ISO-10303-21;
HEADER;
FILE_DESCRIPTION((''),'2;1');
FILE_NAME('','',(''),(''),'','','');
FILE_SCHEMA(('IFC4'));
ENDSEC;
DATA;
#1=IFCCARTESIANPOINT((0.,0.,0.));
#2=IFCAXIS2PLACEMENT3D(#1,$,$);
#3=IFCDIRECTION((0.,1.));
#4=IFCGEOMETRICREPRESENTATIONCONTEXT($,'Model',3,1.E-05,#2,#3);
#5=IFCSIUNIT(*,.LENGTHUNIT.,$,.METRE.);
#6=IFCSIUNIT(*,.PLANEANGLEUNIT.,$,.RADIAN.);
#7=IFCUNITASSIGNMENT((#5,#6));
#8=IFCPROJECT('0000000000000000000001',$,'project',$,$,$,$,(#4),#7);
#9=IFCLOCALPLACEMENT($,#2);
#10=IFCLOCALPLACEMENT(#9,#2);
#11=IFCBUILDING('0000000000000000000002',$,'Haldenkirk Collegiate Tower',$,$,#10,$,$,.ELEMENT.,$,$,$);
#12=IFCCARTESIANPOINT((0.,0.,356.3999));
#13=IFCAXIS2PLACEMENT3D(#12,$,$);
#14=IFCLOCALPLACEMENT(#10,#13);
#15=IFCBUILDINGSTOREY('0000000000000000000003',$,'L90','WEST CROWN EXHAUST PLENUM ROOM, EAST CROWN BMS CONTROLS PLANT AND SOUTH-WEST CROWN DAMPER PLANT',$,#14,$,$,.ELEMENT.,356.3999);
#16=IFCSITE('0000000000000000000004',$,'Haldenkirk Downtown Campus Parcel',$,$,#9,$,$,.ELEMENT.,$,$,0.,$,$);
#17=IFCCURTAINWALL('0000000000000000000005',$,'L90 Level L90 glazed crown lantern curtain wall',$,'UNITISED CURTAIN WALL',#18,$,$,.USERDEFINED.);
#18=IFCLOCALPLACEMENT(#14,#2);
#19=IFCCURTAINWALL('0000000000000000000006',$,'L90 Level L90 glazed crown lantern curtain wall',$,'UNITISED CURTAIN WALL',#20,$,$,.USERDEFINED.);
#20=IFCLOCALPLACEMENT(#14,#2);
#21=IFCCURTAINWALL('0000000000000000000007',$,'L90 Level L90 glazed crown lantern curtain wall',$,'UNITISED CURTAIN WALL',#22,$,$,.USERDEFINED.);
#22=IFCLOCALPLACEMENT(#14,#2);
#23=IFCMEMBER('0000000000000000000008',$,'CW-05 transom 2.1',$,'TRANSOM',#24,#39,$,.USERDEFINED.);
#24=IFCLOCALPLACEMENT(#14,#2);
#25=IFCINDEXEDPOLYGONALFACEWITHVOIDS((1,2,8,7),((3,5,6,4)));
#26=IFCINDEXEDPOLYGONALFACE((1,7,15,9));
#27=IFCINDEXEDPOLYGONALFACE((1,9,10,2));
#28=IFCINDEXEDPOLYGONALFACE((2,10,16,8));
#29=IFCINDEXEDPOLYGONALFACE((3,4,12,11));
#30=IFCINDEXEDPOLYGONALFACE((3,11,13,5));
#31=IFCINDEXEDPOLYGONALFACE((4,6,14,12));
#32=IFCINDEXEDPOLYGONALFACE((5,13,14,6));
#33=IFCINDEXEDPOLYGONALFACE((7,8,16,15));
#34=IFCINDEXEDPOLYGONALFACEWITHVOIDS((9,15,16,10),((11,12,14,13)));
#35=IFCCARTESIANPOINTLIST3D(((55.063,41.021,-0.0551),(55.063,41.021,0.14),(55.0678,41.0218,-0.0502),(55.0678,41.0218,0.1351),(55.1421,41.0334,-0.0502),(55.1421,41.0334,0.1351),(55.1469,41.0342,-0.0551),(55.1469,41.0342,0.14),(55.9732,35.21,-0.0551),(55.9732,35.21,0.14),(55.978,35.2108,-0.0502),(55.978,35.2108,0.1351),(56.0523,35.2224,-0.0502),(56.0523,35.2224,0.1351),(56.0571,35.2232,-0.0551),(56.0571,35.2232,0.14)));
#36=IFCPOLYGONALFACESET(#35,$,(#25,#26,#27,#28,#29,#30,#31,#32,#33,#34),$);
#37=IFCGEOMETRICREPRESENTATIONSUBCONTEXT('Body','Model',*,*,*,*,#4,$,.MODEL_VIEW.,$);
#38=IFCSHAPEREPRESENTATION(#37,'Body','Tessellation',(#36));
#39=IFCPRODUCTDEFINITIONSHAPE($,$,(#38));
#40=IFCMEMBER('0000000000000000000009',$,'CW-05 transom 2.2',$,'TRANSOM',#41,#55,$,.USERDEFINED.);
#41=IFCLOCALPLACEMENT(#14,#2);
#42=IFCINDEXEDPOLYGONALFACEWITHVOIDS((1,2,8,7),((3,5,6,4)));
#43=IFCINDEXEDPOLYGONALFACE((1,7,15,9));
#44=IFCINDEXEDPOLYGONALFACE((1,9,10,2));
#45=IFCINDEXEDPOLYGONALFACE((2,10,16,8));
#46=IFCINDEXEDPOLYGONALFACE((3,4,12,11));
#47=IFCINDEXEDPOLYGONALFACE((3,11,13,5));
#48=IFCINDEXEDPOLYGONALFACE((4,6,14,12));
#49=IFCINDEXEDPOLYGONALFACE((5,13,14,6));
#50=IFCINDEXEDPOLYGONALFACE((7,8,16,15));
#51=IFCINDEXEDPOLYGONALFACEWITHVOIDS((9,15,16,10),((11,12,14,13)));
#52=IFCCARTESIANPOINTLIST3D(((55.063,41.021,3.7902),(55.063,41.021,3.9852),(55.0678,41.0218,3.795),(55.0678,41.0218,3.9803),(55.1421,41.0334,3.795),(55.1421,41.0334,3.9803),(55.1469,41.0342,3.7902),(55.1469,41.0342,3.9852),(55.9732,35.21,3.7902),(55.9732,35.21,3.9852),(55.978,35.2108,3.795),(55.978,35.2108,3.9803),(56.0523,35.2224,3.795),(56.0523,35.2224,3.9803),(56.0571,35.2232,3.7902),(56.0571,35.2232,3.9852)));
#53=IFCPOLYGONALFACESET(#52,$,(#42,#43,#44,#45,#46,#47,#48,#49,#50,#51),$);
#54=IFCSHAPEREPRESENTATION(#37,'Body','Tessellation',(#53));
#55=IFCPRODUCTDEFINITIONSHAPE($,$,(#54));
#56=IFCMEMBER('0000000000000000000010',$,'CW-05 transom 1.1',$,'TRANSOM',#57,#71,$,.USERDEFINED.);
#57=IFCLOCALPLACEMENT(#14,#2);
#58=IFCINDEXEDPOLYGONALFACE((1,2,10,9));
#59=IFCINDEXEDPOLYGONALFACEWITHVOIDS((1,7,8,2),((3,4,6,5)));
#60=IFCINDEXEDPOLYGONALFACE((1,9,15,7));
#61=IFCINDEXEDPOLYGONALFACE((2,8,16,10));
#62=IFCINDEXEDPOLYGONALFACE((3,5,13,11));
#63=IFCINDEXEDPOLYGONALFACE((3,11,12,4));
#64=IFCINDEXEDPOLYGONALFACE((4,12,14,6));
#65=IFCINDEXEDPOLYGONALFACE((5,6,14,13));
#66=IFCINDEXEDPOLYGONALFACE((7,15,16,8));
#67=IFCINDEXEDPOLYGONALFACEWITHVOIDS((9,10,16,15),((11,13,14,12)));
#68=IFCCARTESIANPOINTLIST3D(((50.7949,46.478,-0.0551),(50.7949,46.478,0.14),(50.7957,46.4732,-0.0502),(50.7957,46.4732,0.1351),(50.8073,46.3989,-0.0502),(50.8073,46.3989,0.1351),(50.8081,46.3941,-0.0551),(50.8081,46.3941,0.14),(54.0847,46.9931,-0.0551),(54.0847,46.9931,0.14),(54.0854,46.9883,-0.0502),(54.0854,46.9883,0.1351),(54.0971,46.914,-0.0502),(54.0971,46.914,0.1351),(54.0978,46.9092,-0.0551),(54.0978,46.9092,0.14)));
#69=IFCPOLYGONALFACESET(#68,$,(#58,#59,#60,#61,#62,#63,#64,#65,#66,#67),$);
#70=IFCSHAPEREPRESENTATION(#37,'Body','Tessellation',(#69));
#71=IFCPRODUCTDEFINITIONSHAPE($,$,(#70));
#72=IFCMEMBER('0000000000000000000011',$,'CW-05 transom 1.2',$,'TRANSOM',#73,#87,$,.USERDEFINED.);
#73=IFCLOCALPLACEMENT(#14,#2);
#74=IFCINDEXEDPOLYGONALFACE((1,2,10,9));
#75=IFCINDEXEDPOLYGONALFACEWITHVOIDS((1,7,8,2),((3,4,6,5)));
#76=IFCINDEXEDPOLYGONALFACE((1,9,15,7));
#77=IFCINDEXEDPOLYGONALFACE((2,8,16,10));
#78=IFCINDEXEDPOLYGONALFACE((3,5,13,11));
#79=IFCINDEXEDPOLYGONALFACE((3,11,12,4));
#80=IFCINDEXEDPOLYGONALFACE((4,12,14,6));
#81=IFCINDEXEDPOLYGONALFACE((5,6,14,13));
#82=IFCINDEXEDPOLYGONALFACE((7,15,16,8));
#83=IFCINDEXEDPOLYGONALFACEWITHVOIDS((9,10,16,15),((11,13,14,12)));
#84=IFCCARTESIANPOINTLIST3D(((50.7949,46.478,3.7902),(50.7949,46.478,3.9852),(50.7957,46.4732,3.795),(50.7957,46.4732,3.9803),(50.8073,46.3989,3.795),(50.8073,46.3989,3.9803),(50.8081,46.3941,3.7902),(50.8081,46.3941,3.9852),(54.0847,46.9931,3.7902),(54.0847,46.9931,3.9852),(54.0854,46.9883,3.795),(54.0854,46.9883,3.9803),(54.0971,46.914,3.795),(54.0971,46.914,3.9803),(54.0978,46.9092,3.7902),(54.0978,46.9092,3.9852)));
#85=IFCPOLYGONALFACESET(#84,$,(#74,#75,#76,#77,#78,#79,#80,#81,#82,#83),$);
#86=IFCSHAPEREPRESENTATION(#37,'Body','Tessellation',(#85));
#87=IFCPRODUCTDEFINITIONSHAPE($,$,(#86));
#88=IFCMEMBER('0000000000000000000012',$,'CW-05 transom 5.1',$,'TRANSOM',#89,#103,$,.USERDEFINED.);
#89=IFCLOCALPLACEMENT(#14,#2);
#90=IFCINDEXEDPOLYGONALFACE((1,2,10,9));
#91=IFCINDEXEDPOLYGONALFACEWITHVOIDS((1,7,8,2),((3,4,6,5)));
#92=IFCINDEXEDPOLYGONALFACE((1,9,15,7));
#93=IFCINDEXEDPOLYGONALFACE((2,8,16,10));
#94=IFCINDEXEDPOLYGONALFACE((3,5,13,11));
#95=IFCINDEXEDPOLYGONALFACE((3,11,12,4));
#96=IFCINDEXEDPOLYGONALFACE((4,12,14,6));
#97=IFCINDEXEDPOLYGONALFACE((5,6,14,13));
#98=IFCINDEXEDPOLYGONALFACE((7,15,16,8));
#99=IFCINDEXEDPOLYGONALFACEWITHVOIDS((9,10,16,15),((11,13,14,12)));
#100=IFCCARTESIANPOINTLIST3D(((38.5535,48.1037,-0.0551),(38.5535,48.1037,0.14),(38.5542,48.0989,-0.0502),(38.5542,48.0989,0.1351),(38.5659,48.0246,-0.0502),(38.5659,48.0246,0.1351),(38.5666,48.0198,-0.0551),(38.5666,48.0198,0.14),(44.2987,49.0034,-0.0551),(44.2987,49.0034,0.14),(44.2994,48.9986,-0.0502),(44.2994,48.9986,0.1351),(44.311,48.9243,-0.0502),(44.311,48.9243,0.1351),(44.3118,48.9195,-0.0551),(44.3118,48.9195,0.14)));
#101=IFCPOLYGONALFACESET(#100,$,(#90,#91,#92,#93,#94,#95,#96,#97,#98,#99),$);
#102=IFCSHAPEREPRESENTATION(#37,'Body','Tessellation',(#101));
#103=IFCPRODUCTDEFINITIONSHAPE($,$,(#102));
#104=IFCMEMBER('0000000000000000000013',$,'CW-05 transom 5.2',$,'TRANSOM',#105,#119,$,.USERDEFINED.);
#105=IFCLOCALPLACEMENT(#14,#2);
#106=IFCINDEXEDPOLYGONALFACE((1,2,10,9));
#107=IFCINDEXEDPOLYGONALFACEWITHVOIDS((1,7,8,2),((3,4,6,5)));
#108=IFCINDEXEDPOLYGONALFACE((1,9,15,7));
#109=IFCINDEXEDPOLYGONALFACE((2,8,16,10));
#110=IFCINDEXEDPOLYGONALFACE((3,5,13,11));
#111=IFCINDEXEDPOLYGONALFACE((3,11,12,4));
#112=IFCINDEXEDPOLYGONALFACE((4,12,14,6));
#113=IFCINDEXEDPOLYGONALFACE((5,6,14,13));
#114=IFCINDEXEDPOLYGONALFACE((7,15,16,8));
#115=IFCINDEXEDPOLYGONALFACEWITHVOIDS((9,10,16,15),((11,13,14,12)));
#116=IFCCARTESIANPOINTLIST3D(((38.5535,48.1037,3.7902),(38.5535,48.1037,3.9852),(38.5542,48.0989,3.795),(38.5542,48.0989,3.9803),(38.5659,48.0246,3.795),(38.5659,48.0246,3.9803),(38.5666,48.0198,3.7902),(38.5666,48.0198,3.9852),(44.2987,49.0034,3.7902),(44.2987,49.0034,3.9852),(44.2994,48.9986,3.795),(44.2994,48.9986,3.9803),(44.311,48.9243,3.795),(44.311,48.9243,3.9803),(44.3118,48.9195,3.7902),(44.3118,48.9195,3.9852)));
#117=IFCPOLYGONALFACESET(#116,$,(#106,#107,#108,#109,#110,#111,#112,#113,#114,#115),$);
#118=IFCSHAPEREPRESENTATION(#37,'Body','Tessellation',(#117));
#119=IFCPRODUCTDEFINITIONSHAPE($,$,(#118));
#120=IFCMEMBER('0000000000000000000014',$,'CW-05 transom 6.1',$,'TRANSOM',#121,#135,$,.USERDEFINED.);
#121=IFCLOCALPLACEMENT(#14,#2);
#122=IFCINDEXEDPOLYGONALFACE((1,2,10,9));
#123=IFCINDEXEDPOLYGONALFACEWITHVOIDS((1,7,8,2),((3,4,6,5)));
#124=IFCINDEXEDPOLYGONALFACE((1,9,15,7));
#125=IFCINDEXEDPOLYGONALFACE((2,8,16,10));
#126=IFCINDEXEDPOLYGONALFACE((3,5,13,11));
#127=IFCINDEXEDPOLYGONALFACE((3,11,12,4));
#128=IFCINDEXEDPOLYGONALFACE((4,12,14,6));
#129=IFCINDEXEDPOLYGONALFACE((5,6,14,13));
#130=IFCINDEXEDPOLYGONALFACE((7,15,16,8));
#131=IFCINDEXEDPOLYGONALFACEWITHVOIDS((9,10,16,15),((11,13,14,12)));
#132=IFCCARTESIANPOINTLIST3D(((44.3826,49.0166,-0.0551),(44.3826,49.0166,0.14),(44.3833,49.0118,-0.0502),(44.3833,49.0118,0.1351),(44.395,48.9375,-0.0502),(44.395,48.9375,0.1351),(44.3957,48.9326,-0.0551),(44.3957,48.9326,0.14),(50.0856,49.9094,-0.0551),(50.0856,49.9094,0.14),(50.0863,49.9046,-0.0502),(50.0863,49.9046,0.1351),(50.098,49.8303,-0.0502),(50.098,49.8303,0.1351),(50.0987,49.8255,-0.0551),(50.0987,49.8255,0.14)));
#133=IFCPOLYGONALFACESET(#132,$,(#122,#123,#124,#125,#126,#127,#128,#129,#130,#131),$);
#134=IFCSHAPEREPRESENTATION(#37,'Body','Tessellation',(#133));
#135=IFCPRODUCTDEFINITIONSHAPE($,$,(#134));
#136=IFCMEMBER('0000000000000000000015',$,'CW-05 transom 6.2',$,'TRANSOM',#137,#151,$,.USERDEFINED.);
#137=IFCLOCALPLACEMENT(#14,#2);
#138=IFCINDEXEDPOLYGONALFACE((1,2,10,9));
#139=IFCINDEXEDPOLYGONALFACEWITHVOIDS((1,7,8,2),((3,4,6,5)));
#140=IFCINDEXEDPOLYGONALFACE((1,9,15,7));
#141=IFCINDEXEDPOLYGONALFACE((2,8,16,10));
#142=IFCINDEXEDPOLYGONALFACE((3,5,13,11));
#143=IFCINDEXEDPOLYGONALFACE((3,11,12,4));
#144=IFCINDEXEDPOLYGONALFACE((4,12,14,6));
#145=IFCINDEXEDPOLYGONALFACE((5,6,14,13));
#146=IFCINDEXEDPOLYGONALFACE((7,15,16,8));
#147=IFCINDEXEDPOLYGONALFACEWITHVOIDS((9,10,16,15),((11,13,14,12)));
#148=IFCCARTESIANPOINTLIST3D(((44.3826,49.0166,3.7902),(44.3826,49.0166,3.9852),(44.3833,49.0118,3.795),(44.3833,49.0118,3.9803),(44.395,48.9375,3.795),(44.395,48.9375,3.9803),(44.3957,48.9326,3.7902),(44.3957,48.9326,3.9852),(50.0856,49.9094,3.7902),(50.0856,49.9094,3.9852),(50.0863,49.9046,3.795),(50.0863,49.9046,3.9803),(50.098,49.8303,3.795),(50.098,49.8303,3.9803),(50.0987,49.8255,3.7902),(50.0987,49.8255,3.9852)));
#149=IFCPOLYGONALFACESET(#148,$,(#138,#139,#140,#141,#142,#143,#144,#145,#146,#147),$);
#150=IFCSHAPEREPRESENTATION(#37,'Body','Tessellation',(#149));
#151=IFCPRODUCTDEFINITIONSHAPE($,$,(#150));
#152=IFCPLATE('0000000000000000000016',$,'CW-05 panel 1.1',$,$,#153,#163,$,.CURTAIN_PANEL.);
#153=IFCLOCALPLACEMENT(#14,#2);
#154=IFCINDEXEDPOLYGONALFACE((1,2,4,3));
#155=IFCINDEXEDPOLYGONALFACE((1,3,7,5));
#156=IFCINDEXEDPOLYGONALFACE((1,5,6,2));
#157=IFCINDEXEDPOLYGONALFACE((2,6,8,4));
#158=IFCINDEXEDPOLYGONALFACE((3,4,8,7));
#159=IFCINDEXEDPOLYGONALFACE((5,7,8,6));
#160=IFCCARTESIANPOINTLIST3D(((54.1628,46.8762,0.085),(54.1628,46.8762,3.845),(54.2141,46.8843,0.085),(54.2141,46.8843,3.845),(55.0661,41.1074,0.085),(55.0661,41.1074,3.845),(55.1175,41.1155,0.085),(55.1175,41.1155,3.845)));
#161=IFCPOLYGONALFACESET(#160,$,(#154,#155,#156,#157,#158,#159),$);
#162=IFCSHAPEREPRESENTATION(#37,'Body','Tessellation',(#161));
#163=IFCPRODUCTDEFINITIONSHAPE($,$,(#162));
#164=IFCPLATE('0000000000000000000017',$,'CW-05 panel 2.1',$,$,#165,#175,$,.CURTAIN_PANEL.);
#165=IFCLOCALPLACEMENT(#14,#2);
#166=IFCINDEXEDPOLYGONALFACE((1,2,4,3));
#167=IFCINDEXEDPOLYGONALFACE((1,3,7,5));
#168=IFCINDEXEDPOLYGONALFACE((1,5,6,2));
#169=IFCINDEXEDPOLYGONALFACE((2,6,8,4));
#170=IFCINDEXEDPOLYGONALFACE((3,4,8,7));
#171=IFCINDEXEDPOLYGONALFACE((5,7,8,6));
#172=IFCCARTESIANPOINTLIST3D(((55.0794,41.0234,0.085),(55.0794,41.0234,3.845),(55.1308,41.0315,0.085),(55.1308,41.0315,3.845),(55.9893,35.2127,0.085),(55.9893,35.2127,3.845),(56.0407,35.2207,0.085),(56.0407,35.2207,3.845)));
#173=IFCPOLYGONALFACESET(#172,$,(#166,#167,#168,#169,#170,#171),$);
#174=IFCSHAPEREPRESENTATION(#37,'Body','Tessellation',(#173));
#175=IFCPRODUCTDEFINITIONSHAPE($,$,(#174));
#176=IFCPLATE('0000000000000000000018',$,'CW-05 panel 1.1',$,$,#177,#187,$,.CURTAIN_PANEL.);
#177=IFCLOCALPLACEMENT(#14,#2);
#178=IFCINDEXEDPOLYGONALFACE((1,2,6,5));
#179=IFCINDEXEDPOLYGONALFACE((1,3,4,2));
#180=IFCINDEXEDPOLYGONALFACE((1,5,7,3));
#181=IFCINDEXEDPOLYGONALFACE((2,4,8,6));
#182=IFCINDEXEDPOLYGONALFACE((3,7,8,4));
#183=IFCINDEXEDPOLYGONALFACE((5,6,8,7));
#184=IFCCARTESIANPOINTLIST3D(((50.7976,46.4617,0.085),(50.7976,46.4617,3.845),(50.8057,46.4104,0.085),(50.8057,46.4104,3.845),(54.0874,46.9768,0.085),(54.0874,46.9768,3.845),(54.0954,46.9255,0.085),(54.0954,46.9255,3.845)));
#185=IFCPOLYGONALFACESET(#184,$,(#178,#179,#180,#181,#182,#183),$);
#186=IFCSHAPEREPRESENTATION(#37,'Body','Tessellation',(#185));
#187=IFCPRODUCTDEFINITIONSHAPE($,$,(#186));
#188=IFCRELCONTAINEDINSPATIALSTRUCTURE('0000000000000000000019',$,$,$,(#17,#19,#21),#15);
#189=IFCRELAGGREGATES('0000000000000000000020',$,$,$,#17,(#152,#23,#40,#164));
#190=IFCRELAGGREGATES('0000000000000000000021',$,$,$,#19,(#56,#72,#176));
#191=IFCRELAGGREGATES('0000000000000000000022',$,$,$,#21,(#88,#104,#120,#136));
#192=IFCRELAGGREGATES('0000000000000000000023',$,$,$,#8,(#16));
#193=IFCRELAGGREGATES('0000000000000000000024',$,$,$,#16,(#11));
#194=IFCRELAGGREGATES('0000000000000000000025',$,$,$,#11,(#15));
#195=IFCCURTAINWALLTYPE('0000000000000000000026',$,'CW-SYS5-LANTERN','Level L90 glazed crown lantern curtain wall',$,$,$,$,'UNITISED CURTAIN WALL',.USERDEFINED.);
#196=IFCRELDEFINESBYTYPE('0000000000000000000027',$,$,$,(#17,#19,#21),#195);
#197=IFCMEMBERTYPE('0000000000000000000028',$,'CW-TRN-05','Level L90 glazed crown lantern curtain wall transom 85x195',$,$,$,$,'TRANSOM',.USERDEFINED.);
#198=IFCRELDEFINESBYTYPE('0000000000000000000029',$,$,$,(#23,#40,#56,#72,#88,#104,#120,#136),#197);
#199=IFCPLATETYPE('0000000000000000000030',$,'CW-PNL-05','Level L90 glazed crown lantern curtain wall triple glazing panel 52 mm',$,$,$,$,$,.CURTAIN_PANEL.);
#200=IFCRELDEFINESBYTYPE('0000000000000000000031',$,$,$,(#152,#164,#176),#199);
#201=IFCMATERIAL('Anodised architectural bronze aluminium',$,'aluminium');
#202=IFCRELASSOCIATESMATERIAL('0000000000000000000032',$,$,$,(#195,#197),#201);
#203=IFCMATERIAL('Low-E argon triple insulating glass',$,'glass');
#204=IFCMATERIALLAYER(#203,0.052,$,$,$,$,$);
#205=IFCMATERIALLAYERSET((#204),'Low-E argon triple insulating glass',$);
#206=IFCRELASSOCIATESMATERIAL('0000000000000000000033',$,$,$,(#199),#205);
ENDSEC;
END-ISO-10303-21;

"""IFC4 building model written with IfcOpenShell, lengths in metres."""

from ifc_helpers import new_model, si_unit, direction, frame, origin, origin_2d, place, context, subcontext, project, spatial, rectangle, hollow_rectangle, extrude, source, transform, mapped, material, layer, layer_set, material_profile, profile_set, type_object, element, aggregate, save


model = new_model("IFC4")

# Units and contexts
model_context = context("Model", 3, precision=1e-05, world=origin(), true_north=direction((0.0, 1.0)))
body_context = subcontext(model_context, "Body", "Model", "MODEL_VIEW")
ifc_project = project(units=[si_unit("LENGTHUNIT", "METRE"), si_unit("PLANEANGLEUNIT", "RADIAN")], contexts=[model_context])

# Site, building, storey
site_placement = place(None, origin())
site = spatial("IfcSite", under=ifc_project, at=site_placement, Name="Haldenkirk Downtown Campus Parcel", CompositionType="ELEMENT", RefElevation=0.0)
building_placement = place(site_placement, origin())
building = spatial("IfcBuilding", under=site, at=building_placement, Name="Haldenkirk Collegiate Tower", CompositionType="ELEMENT")
storey_placement = place(building_placement, frame((0.0, 0.0, 356.3999)))
storey = spatial("IfcBuildingStorey", under=building, at=storey_placement, Name="L90", Description="WEST CROWN EXHAUST PLENUM ROOM, EAST CROWN BMS CONTROLS PLANT AND SOUTH-WEST CROWN DAMPER PLANT", CompositionType="ELEMENT", Elevation=356.3999)

# Curtain walls
ifc_material_1 = material(Name="Anodised architectural bronze aluminium", Category="aluminium")
curtain_wall_type = type_object("IfcCurtainWallType", Name="CW-SYS5-LANTERN", Description="Level L90 glazed crown lantern curtain wall", ElementType="UNITISED CURTAIN WALL", PredefinedType="USERDEFINED", material=ifc_material_1)
curtain_wall_1_placement = place(storey_placement, origin())
curtain_wall_1 = element("IfcCurtainWall", 1, at=curtain_wall_1_placement, inside=storey, type_object=curtain_wall_type, Name="L90 Level L90 glazed crown lantern curtain wall", ObjectType="UNITISED CURTAIN WALL", PredefinedType="USERDEFINED")
curtain_wall_2_placement = place(storey_placement, origin())
curtain_wall_2 = element("IfcCurtainWall", 2, at=curtain_wall_2_placement, inside=storey, type_object=curtain_wall_type, Name="L90 Level L90 glazed crown lantern curtain wall", ObjectType="UNITISED CURTAIN WALL", PredefinedType="USERDEFINED")
curtain_wall_3_placement = place(storey_placement, origin())
curtain_wall_3 = element("IfcCurtainWall", 3, at=curtain_wall_3_placement, inside=storey, type_object=curtain_wall_type, Name="L90 Level L90 glazed crown lantern curtain wall", ObjectType="UNITISED CURTAIN WALL", PredefinedType="USERDEFINED")

# Members
ifc_material_profile_1 = material_profile(ifc_material_1, hollow_rectangle(XDim=0.085, YDim=0.1951, WallThickness=0.0049, at=origin_2d()), Name="CW-TRN-05")
ifc_profile_set_1 = profile_set([ifc_material_profile_1], Name="Anodised architectural bronze aluminium")
member_type_1 = type_object("IfcMemberType", Name="CW-TRN-05", Description="Level L90 glazed crown lantern curtain wall transom 85x195", ElementType="TRANSOM", PredefinedType="USERDEFINED", material=ifc_profile_set_1)
member_1_placement = place(storey_placement, frame((55.105, 41.0276, 0.0425), z_axis=(0.154739, -0.987955, 0.0), x_axis=(0.987955, 0.154739, 0.0)))
member_1 = element("IfcMember", 4, at=member_1_placement, type_object=member_type_1, Name="CW-05 transom 2.1", ObjectType="TRANSOM", PredefinedType="USERDEFINED", context=body_context, shape_type="SweptSolid", body=[
    extrude(hollow_rectangle(XDim=0.085, YDim=0.1951, WallThickness=0.0049, at=origin_2d()), origin(), (0.0, 0.0, 1.0), 5.8818),
])
member_2_placement = place(storey_placement, frame((55.105, 41.0276, 3.8877), z_axis=(0.154739, -0.987955, 0.0), x_axis=(0.987955, 0.154739, 0.0)))
member_2 = element("IfcMember", 5, at=member_2_placement, type_object=member_type_1, Name="CW-05 transom 2.2", ObjectType="TRANSOM", PredefinedType="USERDEFINED", context=body_context, shape_type="SweptSolid", body=[
    extrude(hollow_rectangle(XDim=0.085, YDim=0.1951, WallThickness=0.0049, at=origin_2d()), origin(), (0.0, 0.0, 1.0), 5.8818),
])
member_3_placement = place(storey_placement, frame((50.8015, 46.436, 0.0425), z_axis=(0.987961, 0.154701, 0.0), x_axis=(-0.154701, 0.987961, 0.0)))
member_3 = element("IfcMember", 6, at=member_3_placement, type_object=member_type_1, Name="CW-05 transom 1.1", ObjectType="TRANSOM", PredefinedType="USERDEFINED", context=body_context, shape_type="SweptSolid", body=[
    extrude(hollow_rectangle(XDim=0.085, YDim=0.1951, WallThickness=0.0049, at=origin_2d()), origin(), (0.0, 0.0, 1.0), 3.3298),
])
member_4_placement = place(storey_placement, frame((50.8015, 46.436, 3.8877), z_axis=(0.987961, 0.154701, 0.0), x_axis=(-0.154701, 0.987961, 0.0)))
member_4 = element("IfcMember", 7, at=member_4_placement, type_object=member_type_1, Name="CW-05 transom 1.2", ObjectType="TRANSOM", PredefinedType="USERDEFINED", context=body_context, shape_type="SweptSolid", body=[
    extrude(hollow_rectangle(XDim=0.085, YDim=0.1951, WallThickness=0.0049, at=origin_2d()), origin(), (0.0, 0.0, 1.0), 3.3298),
])
member_5_placement = place(storey_placement, frame((38.5601, 48.0618, 0.0425), z_axis=(0.98796, 0.15471, 0.0), x_axis=(-0.15471, 0.98796, 0.0)))
member_5 = element("IfcMember", 8, at=member_5_placement, type_object=member_type_1, Name="CW-05 transom 5.1", ObjectType="TRANSOM", PredefinedType="USERDEFINED", context=body_context, shape_type="SweptSolid", body=[
    extrude(hollow_rectangle(XDim=0.085, YDim=0.1951, WallThickness=0.0049, at=origin_2d()), origin(), (0.0, 0.0, 1.0), 5.8152),
])
member_6_placement = place(storey_placement, frame((38.5601, 48.0618, 3.8877), z_axis=(0.98796, 0.15471, 0.0), x_axis=(-0.15471, 0.98796, 0.0)))
member_6 = element("IfcMember", 9, at=member_6_placement, type_object=member_type_1, Name="CW-05 transom 5.2", ObjectType="TRANSOM", PredefinedType="USERDEFINED", context=body_context, shape_type="SweptSolid", body=[
    extrude(hollow_rectangle(XDim=0.085, YDim=0.1951, WallThickness=0.0049, at=origin_2d()), origin(), (0.0, 0.0, 1.0), 5.8152),
])
member_7_placement = place(storey_placement, frame((44.3892, 48.9746, 0.0425), z_axis=(0.987966, 0.154672, 0.0), x_axis=(-0.154672, 0.987966, 0.0)))
member_7 = element("IfcMember", 10, at=member_7_placement, type_object=member_type_1, Name="CW-05 transom 6.1", ObjectType="TRANSOM", PredefinedType="USERDEFINED", context=body_context, shape_type="SweptSolid", body=[
    extrude(hollow_rectangle(XDim=0.085, YDim=0.1951, WallThickness=0.0049, at=origin_2d()), origin(), (0.0, 0.0, 1.0), 5.7725),
])
member_8_placement = place(storey_placement, frame((44.3892, 48.9746, 3.8877), z_axis=(0.987966, 0.154672, 0.0), x_axis=(-0.154672, 0.987966, 0.0)))
member_8 = element("IfcMember", 11, at=member_8_placement, type_object=member_type_1, Name="CW-05 transom 6.2", ObjectType="TRANSOM", PredefinedType="USERDEFINED", context=body_context, shape_type="SweptSolid", body=[
    extrude(hollow_rectangle(XDim=0.085, YDim=0.1951, WallThickness=0.0049, at=origin_2d()), origin(), (0.0, 0.0, 1.0), 5.7725),
])

# Plates
ifc_material_2 = material(Name="Low-E argon triple insulating glass", Category="glass")
ifc_layer_1 = layer(ifc_material_2, 0.052)
ifc_layer_set_1 = layer_set([ifc_layer_1], Name="Low-E argon triple insulating glass")
plate_type = type_object("IfcPlateType", Name="CW-PNL-05", Description="Level L90 glazed crown lantern curtain wall triple glazing panel 52 mm", PredefinedType="CURTAIN_PANEL", material=ifc_layer_set_1)
shared_shape_1 = source(origin(), body_context, "Body", "SweptSolid", [
    extrude(rectangle(XDim=5.8391, YDim=0.052, at=origin_2d()), origin(), (0.0, 0.0, 1.0), 3.76),
])
plate_1_placement = place(storey_placement, frame((54.6401, 43.9958, 0.085), z_axis=(0.0, 0.0, 1.0), x_axis=(0.154713, -0.98796, 0.0)))
plate_1 = element("IfcPlate", 12, at=plate_1_placement, type_object=plate_type, Name="CW-05 panel 1.1", PredefinedType="CURTAIN_PANEL", context=body_context, shape_type="MappedRepresentation", body=[
    mapped(shared_shape_1, transform((0.0, 0.0, 0.0), x_axis=(1.0, 0.0, 0.0), y_axis=(0.0, 1.0, 0.0), z_axis=(0.0, 0.0, 1.0), scale=1.0)),
])
shared_shape_2 = source(origin(), body_context, "Body", "SweptSolid", [
    extrude(rectangle(XDim=5.8816, YDim=0.052, at=origin_2d()), origin(), (0.0, 0.0, 1.0), 3.76),
])
plate_2_placement = place(storey_placement, frame((55.5601, 38.1221, 0.085), z_axis=(0.0, 0.0, 1.0), x_axis=(0.154713, -0.98796, 0.0)))
plate_2 = element("IfcPlate", 13, at=plate_2_placement, type_object=plate_type, Name="CW-05 panel 2.1", PredefinedType="CURTAIN_PANEL", context=body_context, shape_type="MappedRepresentation", body=[
    mapped(shared_shape_2, transform((0.0, 0.0, 0.0), x_axis=(1.0, 0.0, 0.0), y_axis=(0.0, 1.0, 0.0), z_axis=(0.0, 0.0, 1.0), scale=1.0)),
])
aggregate(curtain_wall_1, [plate_1, member_1, member_2, plate_2])
shared_shape_3 = source(origin(), body_context, "Body", "SweptSolid", [
    extrude(rectangle(XDim=3.3298, YDim=0.052, at=origin_2d()), origin(), (0.0, 0.0, 1.0), 3.76),
])
plate_3_placement = place(storey_placement, frame((52.4465, 46.6936, 0.085), z_axis=(0.0, 0.0, 1.0), x_axis=(0.987963, 0.154689, 0.0)))
plate_3 = element("IfcPlate", 14, at=plate_3_placement, type_object=plate_type, Name="CW-05 panel 1.1", PredefinedType="CURTAIN_PANEL", context=body_context, shape_type="MappedRepresentation", body=[
    mapped(shared_shape_3, transform((0.0, 0.0, 0.0), x_axis=(1.0, 0.0, 0.0), y_axis=(0.0, 1.0, 0.0), z_axis=(0.0, 0.0, 1.0), scale=1.0)),
])
aggregate(curtain_wall_2, [member_3, member_4, plate_3])
aggregate(curtain_wall_3, [member_5, member_6, member_7, member_8])

save(model, "model.ifc")
